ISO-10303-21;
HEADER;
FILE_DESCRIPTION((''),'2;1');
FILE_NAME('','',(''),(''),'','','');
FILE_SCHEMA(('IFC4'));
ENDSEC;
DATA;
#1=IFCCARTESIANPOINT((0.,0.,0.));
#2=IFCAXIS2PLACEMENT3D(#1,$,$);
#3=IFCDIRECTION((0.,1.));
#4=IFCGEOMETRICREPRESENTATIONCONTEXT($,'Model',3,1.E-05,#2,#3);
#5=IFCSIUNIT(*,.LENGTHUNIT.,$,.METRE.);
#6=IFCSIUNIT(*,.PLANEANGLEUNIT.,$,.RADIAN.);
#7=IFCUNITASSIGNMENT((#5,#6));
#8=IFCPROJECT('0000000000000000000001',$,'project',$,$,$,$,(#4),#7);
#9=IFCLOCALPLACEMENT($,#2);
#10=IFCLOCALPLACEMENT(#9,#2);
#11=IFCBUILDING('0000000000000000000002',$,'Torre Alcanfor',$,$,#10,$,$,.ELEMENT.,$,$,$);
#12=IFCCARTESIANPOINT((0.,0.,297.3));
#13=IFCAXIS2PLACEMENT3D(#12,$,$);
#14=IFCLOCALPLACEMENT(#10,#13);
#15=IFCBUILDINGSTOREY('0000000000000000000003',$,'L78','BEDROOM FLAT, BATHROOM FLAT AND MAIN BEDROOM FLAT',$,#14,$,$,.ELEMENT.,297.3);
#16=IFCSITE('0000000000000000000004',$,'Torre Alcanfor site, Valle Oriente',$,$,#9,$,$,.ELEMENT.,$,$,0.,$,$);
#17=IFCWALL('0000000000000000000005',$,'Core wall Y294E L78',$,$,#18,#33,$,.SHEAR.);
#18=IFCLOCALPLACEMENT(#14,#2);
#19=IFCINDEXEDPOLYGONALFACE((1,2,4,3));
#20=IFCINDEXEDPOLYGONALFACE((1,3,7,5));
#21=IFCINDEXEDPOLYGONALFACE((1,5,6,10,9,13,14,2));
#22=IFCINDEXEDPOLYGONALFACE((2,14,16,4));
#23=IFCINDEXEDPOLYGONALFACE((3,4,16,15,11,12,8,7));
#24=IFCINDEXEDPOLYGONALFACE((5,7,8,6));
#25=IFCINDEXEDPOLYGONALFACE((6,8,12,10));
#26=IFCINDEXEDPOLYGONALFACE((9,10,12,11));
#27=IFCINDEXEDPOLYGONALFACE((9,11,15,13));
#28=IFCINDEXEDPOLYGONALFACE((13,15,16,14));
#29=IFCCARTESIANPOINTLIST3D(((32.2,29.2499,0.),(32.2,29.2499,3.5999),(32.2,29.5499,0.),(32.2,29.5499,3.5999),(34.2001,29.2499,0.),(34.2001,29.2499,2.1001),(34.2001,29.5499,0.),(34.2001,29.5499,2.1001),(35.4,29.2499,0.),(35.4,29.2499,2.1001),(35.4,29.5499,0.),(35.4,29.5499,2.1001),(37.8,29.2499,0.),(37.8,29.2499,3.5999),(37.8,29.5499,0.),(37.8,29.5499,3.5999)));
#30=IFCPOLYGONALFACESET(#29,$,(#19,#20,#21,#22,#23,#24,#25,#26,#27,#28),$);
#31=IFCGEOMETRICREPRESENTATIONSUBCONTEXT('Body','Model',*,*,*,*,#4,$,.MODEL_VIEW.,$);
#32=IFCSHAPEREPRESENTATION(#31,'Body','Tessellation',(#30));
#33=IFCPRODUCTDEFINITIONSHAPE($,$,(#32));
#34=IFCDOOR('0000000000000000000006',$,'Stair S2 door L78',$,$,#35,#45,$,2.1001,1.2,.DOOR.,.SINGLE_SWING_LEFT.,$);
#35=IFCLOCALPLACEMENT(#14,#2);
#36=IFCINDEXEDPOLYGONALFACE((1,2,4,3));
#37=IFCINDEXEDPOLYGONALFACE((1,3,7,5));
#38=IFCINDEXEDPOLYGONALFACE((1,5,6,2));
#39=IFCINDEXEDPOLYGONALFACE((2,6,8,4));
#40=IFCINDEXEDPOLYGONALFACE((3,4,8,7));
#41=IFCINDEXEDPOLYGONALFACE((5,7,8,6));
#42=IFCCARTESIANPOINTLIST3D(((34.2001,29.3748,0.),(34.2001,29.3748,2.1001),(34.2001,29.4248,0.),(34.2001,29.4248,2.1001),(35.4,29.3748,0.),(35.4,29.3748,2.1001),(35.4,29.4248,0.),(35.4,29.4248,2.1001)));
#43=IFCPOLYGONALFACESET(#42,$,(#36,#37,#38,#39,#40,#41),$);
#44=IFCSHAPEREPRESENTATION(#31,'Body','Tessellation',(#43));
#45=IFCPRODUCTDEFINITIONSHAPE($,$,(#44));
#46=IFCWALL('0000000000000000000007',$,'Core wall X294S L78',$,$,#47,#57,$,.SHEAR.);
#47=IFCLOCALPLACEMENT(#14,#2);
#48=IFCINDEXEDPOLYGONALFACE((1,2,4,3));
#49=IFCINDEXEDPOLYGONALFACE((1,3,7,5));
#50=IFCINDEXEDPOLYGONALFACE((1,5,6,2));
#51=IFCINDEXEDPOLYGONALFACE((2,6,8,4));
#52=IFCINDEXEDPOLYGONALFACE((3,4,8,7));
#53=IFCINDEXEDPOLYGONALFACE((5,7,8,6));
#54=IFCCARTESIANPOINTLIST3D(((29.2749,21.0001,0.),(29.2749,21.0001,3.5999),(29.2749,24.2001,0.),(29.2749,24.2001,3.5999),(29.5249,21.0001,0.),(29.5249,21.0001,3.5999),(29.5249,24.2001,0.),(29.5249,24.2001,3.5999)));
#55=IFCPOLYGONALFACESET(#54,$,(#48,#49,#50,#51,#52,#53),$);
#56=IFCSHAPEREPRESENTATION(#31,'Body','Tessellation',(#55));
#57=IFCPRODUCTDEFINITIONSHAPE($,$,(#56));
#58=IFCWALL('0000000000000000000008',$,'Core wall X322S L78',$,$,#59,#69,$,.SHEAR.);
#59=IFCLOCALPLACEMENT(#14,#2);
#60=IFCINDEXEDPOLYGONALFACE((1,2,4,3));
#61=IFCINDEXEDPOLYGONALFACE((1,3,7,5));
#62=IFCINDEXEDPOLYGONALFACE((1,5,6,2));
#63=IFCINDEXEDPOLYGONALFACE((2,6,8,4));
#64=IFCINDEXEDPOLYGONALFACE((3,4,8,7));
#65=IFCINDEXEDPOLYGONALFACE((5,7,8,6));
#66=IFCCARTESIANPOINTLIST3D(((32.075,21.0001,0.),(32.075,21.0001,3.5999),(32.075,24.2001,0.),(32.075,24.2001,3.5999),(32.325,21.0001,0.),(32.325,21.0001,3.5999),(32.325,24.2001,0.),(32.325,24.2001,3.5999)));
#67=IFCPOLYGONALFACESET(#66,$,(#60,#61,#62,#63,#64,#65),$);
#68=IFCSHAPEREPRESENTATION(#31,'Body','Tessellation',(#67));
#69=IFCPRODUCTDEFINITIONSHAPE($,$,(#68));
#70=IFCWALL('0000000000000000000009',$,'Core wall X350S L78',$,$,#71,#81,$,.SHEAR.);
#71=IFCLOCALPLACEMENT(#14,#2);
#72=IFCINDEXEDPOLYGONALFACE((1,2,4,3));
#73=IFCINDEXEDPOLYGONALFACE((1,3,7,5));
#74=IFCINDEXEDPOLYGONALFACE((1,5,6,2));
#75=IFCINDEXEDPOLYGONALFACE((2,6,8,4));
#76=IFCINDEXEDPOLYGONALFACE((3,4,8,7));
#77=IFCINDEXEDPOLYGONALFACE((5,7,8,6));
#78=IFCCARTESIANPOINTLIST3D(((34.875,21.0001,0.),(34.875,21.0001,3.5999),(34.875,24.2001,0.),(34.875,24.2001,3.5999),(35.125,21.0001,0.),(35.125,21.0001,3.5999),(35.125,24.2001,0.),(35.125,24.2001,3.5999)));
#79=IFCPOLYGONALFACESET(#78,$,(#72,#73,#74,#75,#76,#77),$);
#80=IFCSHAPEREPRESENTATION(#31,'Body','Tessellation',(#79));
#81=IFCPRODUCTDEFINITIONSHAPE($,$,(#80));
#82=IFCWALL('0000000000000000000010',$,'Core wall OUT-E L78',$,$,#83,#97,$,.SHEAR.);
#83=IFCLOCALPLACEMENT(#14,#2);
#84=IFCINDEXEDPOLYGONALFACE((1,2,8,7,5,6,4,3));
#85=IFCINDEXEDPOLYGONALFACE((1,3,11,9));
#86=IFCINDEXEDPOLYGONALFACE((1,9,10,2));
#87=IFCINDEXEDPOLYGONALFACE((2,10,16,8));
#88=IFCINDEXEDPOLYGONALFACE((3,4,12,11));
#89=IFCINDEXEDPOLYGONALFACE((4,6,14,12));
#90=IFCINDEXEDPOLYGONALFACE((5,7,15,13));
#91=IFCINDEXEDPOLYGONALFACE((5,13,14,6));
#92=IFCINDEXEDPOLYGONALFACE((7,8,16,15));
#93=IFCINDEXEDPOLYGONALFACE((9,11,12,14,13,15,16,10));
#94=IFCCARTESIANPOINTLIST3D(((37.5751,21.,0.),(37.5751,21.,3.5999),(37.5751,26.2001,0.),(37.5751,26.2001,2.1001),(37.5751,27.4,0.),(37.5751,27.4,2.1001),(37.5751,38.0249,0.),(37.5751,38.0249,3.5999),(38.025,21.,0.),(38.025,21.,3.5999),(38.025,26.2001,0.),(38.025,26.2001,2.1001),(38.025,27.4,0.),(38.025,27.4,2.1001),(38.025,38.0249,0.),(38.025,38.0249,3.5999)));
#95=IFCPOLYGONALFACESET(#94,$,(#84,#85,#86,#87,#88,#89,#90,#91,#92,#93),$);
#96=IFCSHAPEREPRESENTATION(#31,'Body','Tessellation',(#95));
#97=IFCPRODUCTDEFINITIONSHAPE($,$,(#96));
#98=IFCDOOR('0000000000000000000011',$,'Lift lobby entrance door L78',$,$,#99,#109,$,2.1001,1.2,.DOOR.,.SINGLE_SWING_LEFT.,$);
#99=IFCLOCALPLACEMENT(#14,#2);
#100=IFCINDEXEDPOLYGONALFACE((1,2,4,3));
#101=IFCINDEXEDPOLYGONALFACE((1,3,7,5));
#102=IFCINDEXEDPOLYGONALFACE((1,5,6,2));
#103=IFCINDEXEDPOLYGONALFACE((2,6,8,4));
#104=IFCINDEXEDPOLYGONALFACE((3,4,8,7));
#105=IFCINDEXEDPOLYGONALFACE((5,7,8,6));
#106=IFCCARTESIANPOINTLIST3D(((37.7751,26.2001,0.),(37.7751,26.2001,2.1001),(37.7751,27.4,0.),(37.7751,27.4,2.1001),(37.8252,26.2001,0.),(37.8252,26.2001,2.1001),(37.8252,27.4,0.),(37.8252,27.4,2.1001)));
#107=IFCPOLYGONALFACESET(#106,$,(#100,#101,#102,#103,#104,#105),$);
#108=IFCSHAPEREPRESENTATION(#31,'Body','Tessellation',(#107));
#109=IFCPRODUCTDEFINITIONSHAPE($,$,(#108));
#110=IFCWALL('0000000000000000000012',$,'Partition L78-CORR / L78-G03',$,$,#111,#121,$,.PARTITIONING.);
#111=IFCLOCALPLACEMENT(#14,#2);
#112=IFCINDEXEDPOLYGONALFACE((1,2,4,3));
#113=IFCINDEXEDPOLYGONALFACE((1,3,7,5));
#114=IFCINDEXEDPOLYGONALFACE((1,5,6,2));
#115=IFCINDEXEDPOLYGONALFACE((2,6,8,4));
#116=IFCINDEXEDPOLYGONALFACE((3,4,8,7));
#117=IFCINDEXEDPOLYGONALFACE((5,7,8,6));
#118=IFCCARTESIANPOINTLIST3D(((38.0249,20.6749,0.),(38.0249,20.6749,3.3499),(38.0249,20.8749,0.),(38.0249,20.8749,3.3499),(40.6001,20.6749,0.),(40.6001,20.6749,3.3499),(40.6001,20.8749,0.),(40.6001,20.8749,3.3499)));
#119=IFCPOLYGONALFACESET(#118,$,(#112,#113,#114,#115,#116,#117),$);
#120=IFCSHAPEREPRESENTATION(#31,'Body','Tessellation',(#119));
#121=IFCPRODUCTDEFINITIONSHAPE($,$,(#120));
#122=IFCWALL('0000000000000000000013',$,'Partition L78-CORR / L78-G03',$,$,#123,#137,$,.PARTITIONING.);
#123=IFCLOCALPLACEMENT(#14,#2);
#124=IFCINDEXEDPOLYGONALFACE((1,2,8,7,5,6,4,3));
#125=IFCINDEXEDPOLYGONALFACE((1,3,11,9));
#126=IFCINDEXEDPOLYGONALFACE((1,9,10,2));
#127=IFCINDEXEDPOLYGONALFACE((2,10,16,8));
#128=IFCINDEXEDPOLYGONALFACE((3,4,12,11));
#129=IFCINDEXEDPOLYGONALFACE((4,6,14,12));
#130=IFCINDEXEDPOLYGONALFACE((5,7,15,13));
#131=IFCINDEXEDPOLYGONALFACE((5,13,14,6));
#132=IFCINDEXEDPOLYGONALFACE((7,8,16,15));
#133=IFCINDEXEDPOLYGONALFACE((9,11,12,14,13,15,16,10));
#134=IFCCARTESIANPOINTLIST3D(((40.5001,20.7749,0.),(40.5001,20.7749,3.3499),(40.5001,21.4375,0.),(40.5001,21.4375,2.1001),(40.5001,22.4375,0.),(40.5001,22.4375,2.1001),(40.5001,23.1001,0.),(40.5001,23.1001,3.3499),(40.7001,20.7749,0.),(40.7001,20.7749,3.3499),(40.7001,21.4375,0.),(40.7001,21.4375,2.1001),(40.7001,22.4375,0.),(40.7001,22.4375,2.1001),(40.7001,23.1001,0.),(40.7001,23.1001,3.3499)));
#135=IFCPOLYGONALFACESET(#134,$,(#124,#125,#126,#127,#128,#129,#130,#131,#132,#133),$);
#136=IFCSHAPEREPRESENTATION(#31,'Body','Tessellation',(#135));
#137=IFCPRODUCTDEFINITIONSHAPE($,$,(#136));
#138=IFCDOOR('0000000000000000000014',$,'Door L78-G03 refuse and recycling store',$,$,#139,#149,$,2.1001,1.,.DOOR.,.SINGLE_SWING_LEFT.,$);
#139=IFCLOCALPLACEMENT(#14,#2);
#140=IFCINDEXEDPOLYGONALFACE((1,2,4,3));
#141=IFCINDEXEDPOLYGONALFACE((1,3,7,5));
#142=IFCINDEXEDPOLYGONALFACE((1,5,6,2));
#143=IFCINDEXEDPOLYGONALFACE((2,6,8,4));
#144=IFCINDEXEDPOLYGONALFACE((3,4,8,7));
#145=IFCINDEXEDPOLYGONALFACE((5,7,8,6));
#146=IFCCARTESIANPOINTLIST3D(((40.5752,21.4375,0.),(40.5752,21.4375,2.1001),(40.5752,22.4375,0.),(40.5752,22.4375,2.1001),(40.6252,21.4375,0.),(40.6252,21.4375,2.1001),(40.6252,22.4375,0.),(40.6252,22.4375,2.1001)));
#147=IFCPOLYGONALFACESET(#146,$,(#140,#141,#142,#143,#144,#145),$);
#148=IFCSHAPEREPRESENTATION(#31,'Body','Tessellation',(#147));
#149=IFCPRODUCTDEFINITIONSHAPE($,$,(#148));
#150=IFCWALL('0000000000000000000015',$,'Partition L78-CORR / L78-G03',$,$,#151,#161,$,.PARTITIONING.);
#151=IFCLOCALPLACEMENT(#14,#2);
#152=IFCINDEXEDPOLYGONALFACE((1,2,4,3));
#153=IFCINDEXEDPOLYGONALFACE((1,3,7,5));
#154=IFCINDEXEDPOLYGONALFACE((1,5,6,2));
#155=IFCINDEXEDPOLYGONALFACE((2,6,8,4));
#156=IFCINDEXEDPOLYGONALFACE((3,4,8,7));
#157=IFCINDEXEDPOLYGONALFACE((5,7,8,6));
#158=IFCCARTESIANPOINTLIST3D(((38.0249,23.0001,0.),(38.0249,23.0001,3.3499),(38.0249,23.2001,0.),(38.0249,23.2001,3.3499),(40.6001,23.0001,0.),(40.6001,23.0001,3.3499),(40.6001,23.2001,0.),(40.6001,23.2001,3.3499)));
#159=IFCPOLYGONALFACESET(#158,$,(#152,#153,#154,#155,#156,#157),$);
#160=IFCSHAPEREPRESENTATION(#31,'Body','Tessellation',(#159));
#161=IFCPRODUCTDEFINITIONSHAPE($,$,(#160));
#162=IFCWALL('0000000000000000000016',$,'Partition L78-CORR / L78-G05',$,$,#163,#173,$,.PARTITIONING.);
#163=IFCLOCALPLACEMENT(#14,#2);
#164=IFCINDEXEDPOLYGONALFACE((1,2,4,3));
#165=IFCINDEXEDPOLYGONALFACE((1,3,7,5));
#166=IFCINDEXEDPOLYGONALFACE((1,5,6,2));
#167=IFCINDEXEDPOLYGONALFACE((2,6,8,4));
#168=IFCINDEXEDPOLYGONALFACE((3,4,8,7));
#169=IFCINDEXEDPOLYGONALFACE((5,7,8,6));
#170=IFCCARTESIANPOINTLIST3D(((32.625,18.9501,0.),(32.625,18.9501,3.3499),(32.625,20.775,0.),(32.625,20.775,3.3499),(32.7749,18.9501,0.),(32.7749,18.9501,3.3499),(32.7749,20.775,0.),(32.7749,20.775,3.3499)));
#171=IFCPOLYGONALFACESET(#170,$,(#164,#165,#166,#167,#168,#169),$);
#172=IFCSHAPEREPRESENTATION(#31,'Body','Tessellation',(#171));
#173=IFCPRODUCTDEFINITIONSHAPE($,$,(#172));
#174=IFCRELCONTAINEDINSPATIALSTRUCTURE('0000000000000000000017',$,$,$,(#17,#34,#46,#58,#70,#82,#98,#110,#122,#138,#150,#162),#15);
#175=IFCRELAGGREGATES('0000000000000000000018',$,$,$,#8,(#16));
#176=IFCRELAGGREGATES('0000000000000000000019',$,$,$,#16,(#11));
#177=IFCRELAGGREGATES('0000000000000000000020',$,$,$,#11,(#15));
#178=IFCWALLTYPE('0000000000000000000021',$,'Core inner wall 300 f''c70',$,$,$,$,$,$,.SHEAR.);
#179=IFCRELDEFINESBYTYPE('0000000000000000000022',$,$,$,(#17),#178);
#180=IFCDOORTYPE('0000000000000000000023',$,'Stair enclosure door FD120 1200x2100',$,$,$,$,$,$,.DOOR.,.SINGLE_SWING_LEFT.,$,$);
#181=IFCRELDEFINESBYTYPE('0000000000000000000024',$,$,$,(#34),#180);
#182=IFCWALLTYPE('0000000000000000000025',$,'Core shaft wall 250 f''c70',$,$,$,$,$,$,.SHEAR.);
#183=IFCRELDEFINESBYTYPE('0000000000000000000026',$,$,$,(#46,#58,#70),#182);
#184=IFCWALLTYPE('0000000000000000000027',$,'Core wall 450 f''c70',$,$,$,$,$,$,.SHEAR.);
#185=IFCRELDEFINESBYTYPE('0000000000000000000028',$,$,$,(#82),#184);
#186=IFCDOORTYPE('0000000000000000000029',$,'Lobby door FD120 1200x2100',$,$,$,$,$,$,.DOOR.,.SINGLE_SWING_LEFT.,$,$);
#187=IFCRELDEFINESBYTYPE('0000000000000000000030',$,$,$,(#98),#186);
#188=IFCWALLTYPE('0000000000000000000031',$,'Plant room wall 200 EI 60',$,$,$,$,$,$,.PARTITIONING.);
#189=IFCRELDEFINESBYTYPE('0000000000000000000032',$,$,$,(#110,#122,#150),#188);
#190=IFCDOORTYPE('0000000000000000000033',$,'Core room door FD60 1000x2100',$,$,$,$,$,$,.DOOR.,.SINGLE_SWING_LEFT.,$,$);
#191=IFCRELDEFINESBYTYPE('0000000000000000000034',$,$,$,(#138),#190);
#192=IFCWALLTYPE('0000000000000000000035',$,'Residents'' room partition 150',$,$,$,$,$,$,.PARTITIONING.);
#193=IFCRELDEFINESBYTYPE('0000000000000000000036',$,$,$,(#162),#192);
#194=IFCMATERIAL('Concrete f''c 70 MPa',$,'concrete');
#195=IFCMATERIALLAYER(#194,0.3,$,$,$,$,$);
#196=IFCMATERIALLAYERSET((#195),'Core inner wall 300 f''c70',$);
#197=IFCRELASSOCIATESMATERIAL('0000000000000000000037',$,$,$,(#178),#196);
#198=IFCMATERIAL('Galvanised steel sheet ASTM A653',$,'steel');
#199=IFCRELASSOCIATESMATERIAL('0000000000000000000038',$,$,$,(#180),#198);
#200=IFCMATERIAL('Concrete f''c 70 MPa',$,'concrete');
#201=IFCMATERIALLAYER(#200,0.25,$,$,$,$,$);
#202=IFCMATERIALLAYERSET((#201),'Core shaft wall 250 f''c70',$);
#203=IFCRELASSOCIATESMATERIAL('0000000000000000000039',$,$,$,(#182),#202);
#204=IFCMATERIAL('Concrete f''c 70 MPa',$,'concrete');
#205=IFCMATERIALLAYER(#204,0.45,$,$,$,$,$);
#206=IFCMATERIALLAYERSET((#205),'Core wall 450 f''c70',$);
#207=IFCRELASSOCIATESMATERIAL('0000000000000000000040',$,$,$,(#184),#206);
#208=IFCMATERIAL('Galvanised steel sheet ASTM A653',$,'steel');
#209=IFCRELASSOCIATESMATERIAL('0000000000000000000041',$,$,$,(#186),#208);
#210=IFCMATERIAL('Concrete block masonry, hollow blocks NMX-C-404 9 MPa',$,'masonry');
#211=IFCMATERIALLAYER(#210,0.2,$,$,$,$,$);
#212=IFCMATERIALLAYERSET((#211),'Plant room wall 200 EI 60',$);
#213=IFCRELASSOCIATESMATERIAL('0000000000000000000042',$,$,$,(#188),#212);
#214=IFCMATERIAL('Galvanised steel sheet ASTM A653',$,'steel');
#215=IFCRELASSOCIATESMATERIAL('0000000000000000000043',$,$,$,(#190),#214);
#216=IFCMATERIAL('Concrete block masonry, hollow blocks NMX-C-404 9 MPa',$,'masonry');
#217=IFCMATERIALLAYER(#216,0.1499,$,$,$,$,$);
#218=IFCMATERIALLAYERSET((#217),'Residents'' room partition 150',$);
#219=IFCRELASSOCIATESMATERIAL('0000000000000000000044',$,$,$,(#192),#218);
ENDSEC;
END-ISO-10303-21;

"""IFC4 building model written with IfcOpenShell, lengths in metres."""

from ifc_helpers import new_model, si_unit, direction, frame, frame_2d, origin, place, context, subcontext, project, spatial, rectangle, extrude, material, layer, layer_set, type_object, element, fill, save


model = new_model("IFC4")

# Units and contexts
model_context = context("Model", 3, precision=1e-05, world=origin(), true_north=direction((0.0, 1.0)))
body_context = subcontext(model_context, "Body", "Model", "MODEL_VIEW")
ifc_project = project(units=[si_unit("LENGTHUNIT", "METRE"), si_unit("PLANEANGLEUNIT", "RADIAN")], contexts=[model_context])

# Site, building, storey
site_placement = place(None, origin())
site = spatial("IfcSite", under=ifc_project, at=site_placement, Name="Torre Alcanfor site, Valle Oriente", CompositionType="ELEMENT", RefElevation=0.0)
building_placement = place(site_placement, origin())
building = spatial("IfcBuilding", under=site, at=building_placement, Name="Torre Alcanfor", CompositionType="ELEMENT")
storey_placement = place(building_placement, frame((0.0, 0.0, 297.3)))
storey = spatial("IfcBuildingStorey", under=building, at=storey_placement, Name="L78", Description="BEDROOM FLAT, BATHROOM FLAT AND MAIN BEDROOM FLAT", CompositionType="ELEMENT", Elevation=297.3)

# Shared definitions
ifc_material_1 = material(Name="Concrete f'c 70 MPa", Category="concrete")
ifc_layer_1 = layer(ifc_material_1, 0.3)
ifc_layer_set_1 = layer_set([ifc_layer_1], Name="Core inner wall 300 f'c70")
wall_type_1 = type_object("IfcWallType", Name="Core inner wall 300 f'c70", PredefinedType="SHEAR", material=ifc_layer_set_1)

# Wall, opening, door
wall_1_placement = place(storey_placement, frame((32.2, 29.3999, 0.0), z_axis=(0.0, 0.0, 1.0), x_axis=(1.0, 0.0, 0.0)))
wall_1 = element("IfcWall", 1, at=wall_1_placement, inside=storey, type_object=wall_type_1, Name="Core wall Y294E L78", PredefinedType="SHEAR", context=body_context, shape_type="SweptSolid", body=[
    extrude(rectangle(XDim=5.6001, YDim=0.3, at=frame_2d((2.8, 0.0))), origin(), (0.0, 0.0, 1.0), 3.5999),
])
opening_1_placement = place(wall_1_placement, frame((2.0, 0.0, 0.0)))
opening_1 = element("IfcOpeningElement", 2, at=opening_1_placement, cuts=wall_1, PredefinedType="OPENING", context=body_context, shape_type="SweptSolid", body=[
    extrude(rectangle(XDim=1.2, YDim=2.1001, at=frame_2d((0.6001, 1.05))), frame((0.0, 0.1599, 0.0), z_axis=(0.0, -1.0, 0.0), x_axis=(1.0, 0.0, 0.0)), (0.0, 0.0, 1.0), 0.3201),
])
ifc_material_2 = material(Name="Galvanised steel sheet ASTM A653", Category="steel")
door_type_1 = type_object("IfcDoorType", Name="Stair enclosure door FD120 1200x2100", OperationType="SINGLE_SWING_LEFT", PredefinedType="DOOR", material=ifc_material_2)
door_1_placement = place(opening_1_placement, origin())
door_1 = element("IfcDoor", 3, at=door_1_placement, inside=storey, type_object=door_type_1, Name="Stair S2 door L78", OperationType="SINGLE_SWING_LEFT", OverallHeight=2.1001, OverallWidth=1.2, PredefinedType="DOOR", context=body_context, shape_type="SweptSolid", body=[
    extrude(rectangle(XDim=1.2, YDim=2.1001, at=frame_2d((0.6001, 1.05))), frame((0.0, 0.0249, 0.0), z_axis=(0.0, -1.0, 0.0), x_axis=(1.0, 0.0, 0.0)), (0.0, 0.0, 1.0), 0.05),
])
fill(opening_1, door_1)

# Walls
ifc_material_3 = material(Name="Concrete f'c 70 MPa", Category="concrete")
ifc_layer_2 = layer(ifc_material_3, 0.25)
ifc_layer_set_2 = layer_set([ifc_layer_2], Name="Core shaft wall 250 f'c70")
wall_type_2 = type_object("IfcWallType", Name="Core shaft wall 250 f'c70", PredefinedType="SHEAR", material=ifc_layer_set_2)
for number, where, z_axis, x_axis, name in (
    (4, (29.3999, 21.0, 0.0), (0.0, 0.0, 1.0), (0.0, 1.0, 0.0), "Core wall X294S L78"),
    (5, (32.2, 21.0, 0.0), (0.0, 0.0, 1.0), (0.0, 1.0, 0.0), "Core wall X322S L78"),
    (6, (35.0, 21.0, 0.0), (0.0, 0.0, 1.0), (0.0, 1.0, 0.0), "Core wall X350S L78"),
):
    element("IfcWall", number, at=place(storey_placement, frame(where, z_axis=z_axis, x_axis=x_axis)), inside=storey, type_object=wall_type_2, Name=name, PredefinedType="SHEAR", context=body_context, shape_type="SweptSolid", body=[
        extrude(rectangle(XDim=3.2, YDim=0.25, at=frame_2d((1.6001, 0.0))), origin(), (0.0, 0.0, 1.0), 3.5999),
    ])

# Wall, opening, door
ifc_material_4 = material(Name="Concrete f'c 70 MPa", Category="concrete")
ifc_layer_3 = layer(ifc_material_4, 0.45)
ifc_layer_set_3 = layer_set([ifc_layer_3], Name="Core wall 450 f'c70")
wall_type_3 = type_object("IfcWallType", Name="Core wall 450 f'c70", PredefinedType="SHEAR", material=ifc_layer_set_3)
wall_2_placement = place(storey_placement, frame((37.8, 21.0, 0.0), z_axis=(0.0, 0.0, 1.0), x_axis=(0.0, 1.0, 0.0)))
wall_2 = element("IfcWall", 7, at=wall_2_placement, inside=storey, type_object=wall_type_3, Name="Core wall OUT-E L78", PredefinedType="SHEAR", context=body_context, shape_type="SweptSolid", body=[
    extrude(rectangle(XDim=17.0249, YDim=0.45, at=frame_2d((8.5125, 0.0))), origin(), (0.0, 0.0, 1.0), 3.5999),
])
opening_2_placement = place(wall_2_placement, frame((5.2, 0.0, 0.0)))
opening_2 = element("IfcOpeningElement", 8, at=opening_2_placement, cuts=wall_2, PredefinedType="OPENING", context=body_context, shape_type="SweptSolid", body=[
    extrude(rectangle(XDim=1.2, YDim=2.1001, at=frame_2d((0.6001, 1.05))), frame((0.0, 0.2349, 0.0), z_axis=(0.0, -1.0, 0.0), x_axis=(1.0, 0.0, 0.0)), (0.0, 0.0, 1.0), 0.47),
])
ifc_material_5 = material(Name="Galvanised steel sheet ASTM A653", Category="steel")
door_type_2 = type_object("IfcDoorType", Name="Lobby door FD120 1200x2100", OperationType="SINGLE_SWING_LEFT", PredefinedType="DOOR", material=ifc_material_5)
door_2_placement = place(opening_2_placement, origin())
door_2 = element("IfcDoor", 9, at=door_2_placement, inside=storey, type_object=door_type_2, Name="Lift lobby entrance door L78", OperationType="SINGLE_SWING_LEFT", OverallHeight=2.1001, OverallWidth=1.2, PredefinedType="DOOR", context=body_context, shape_type="SweptSolid", body=[
    extrude(rectangle(XDim=1.2, YDim=2.1001, at=frame_2d((0.6001, 1.05))), frame((0.0, 0.0249, 0.0), z_axis=(0.0, -1.0, 0.0), x_axis=(1.0, 0.0, 0.0)), (0.0, 0.0, 1.0), 0.05),
])
fill(opening_2, door_2)

# Wall
ifc_material_6 = material(Name="Concrete block masonry, hollow blocks NMX-C-404 9 MPa", Category="masonry")
ifc_layer_4 = layer(ifc_material_6, 0.2)
ifc_layer_set_4 = layer_set([ifc_layer_4], Name="Plant room wall 200 EI 60")
wall_type_4 = type_object("IfcWallType", Name="Plant room wall 200 EI 60", PredefinedType="PARTITIONING", material=ifc_layer_set_4)
wall_3_placement = place(storey_placement, frame((38.0249, 20.7749, 0.0), z_axis=(0.0, 0.0, 1.0), x_axis=(1.0, 0.0, 0.0)))
element("IfcWall", 10, at=wall_3_placement, inside=storey, type_object=wall_type_4, Name="Partition L78-CORR / L78-G03", PredefinedType="PARTITIONING", context=body_context, shape_type="SweptSolid", body=[
    extrude(rectangle(XDim=2.5752, YDim=0.2, at=frame_2d((1.2876, 0.0))), origin(), (0.0, 0.0, 1.0), 3.3499),
])

# Wall, opening, door
wall_4_placement = place(storey_placement, frame((40.6001, 20.7749, 0.0), z_axis=(0.0, 0.0, 1.0), x_axis=(0.0, 1.0, 0.0)))
wall_4 = element("IfcWall", 11, at=wall_4_placement, inside=storey, type_object=wall_type_4, Name="Partition L78-CORR / L78-G03", PredefinedType="PARTITIONING", context=body_context, shape_type="SweptSolid", body=[
    extrude(rectangle(XDim=2.3252, YDim=0.2, at=frame_2d((1.1626, 0.0))), origin(), (0.0, 0.0, 1.0), 3.3499),
])
opening_3_placement = place(wall_4_placement, frame((0.6626, 0.0, 0.0)))
opening_3 = element("IfcOpeningElement", 12, at=opening_3_placement, cuts=wall_4, PredefinedType="OPENING", context=body_context, shape_type="SweptSolid", body=[
    extrude(rectangle(XDim=1.0, YDim=2.1001, at=frame_2d((0.5, 1.05))), frame((0.0, 0.1099, 0.0), z_axis=(0.0, -1.0, 0.0), x_axis=(1.0, 0.0, 0.0)), (0.0, 0.0, 1.0), 0.22),
])
ifc_material_7 = material(Name="Galvanised steel sheet ASTM A653", Category="steel")
door_type_3 = type_object("IfcDoorType", Name="Core room door FD60 1000x2100", OperationType="SINGLE_SWING_LEFT", PredefinedType="DOOR", material=ifc_material_7)
door_3_placement = place(opening_3_placement, origin())
door_3 = element("IfcDoor", 13, at=door_3_placement, inside=storey, type_object=door_type_3, Name="Door L78-G03 refuse and recycling store", OperationType="SINGLE_SWING_LEFT", OverallHeight=2.1001, OverallWidth=1.0, PredefinedType="DOOR", context=body_context, shape_type="SweptSolid", body=[
    extrude(rectangle(XDim=1.0, YDim=2.1001, at=frame_2d((0.5, 1.05))), frame((0.0, 0.0249, 0.0), z_axis=(0.0, -1.0, 0.0), x_axis=(1.0, 0.0, 0.0)), (0.0, 0.0, 1.0), 0.05),
])
fill(opening_3, door_3)

# Walls
wall_5_placement = place(storey_placement, frame((40.6001, 23.1001, 0.0), z_axis=(0.0, 0.0, 1.0), x_axis=(-1.0, 0.0, 0.0)))
element("IfcWall", 14, at=wall_5_placement, inside=storey, type_object=wall_type_4, Name="Partition L78-CORR / L78-G03", PredefinedType="PARTITIONING", context=body_context, shape_type="SweptSolid", body=[
    extrude(rectangle(XDim=2.5752, YDim=0.2, at=frame_2d((1.2876, 0.0))), origin(), (0.0, 0.0, 1.0), 3.3499),
])
ifc_material_8 = material(Name="Concrete block masonry, hollow blocks NMX-C-404 9 MPa", Category="masonry")
ifc_layer_5 = layer(ifc_material_8, 0.1499)
ifc_layer_set_5 = layer_set([ifc_layer_5], Name="Residents' room partition 150")
wall_type_5 = type_object("IfcWallType", Name="Residents' room partition 150", PredefinedType="PARTITIONING", material=ifc_layer_set_5)
wall_6_placement = place(storey_placement, frame((32.7, 18.95, 0.0), z_axis=(0.0, 0.0, 1.0), x_axis=(0.0, 1.0, 0.0)))
element("IfcWall", 15, at=wall_6_placement, inside=storey, type_object=wall_type_5, Name="Partition L78-CORR / L78-G05", PredefinedType="PARTITIONING", context=body_context, shape_type="SweptSolid", body=[
    extrude(rectangle(XDim=1.825, YDim=0.1499, at=frame_2d((0.9126, 0.0))), origin(), (0.0, 0.0, 1.0), 3.3499),
])

save(model, "model.ifc")
